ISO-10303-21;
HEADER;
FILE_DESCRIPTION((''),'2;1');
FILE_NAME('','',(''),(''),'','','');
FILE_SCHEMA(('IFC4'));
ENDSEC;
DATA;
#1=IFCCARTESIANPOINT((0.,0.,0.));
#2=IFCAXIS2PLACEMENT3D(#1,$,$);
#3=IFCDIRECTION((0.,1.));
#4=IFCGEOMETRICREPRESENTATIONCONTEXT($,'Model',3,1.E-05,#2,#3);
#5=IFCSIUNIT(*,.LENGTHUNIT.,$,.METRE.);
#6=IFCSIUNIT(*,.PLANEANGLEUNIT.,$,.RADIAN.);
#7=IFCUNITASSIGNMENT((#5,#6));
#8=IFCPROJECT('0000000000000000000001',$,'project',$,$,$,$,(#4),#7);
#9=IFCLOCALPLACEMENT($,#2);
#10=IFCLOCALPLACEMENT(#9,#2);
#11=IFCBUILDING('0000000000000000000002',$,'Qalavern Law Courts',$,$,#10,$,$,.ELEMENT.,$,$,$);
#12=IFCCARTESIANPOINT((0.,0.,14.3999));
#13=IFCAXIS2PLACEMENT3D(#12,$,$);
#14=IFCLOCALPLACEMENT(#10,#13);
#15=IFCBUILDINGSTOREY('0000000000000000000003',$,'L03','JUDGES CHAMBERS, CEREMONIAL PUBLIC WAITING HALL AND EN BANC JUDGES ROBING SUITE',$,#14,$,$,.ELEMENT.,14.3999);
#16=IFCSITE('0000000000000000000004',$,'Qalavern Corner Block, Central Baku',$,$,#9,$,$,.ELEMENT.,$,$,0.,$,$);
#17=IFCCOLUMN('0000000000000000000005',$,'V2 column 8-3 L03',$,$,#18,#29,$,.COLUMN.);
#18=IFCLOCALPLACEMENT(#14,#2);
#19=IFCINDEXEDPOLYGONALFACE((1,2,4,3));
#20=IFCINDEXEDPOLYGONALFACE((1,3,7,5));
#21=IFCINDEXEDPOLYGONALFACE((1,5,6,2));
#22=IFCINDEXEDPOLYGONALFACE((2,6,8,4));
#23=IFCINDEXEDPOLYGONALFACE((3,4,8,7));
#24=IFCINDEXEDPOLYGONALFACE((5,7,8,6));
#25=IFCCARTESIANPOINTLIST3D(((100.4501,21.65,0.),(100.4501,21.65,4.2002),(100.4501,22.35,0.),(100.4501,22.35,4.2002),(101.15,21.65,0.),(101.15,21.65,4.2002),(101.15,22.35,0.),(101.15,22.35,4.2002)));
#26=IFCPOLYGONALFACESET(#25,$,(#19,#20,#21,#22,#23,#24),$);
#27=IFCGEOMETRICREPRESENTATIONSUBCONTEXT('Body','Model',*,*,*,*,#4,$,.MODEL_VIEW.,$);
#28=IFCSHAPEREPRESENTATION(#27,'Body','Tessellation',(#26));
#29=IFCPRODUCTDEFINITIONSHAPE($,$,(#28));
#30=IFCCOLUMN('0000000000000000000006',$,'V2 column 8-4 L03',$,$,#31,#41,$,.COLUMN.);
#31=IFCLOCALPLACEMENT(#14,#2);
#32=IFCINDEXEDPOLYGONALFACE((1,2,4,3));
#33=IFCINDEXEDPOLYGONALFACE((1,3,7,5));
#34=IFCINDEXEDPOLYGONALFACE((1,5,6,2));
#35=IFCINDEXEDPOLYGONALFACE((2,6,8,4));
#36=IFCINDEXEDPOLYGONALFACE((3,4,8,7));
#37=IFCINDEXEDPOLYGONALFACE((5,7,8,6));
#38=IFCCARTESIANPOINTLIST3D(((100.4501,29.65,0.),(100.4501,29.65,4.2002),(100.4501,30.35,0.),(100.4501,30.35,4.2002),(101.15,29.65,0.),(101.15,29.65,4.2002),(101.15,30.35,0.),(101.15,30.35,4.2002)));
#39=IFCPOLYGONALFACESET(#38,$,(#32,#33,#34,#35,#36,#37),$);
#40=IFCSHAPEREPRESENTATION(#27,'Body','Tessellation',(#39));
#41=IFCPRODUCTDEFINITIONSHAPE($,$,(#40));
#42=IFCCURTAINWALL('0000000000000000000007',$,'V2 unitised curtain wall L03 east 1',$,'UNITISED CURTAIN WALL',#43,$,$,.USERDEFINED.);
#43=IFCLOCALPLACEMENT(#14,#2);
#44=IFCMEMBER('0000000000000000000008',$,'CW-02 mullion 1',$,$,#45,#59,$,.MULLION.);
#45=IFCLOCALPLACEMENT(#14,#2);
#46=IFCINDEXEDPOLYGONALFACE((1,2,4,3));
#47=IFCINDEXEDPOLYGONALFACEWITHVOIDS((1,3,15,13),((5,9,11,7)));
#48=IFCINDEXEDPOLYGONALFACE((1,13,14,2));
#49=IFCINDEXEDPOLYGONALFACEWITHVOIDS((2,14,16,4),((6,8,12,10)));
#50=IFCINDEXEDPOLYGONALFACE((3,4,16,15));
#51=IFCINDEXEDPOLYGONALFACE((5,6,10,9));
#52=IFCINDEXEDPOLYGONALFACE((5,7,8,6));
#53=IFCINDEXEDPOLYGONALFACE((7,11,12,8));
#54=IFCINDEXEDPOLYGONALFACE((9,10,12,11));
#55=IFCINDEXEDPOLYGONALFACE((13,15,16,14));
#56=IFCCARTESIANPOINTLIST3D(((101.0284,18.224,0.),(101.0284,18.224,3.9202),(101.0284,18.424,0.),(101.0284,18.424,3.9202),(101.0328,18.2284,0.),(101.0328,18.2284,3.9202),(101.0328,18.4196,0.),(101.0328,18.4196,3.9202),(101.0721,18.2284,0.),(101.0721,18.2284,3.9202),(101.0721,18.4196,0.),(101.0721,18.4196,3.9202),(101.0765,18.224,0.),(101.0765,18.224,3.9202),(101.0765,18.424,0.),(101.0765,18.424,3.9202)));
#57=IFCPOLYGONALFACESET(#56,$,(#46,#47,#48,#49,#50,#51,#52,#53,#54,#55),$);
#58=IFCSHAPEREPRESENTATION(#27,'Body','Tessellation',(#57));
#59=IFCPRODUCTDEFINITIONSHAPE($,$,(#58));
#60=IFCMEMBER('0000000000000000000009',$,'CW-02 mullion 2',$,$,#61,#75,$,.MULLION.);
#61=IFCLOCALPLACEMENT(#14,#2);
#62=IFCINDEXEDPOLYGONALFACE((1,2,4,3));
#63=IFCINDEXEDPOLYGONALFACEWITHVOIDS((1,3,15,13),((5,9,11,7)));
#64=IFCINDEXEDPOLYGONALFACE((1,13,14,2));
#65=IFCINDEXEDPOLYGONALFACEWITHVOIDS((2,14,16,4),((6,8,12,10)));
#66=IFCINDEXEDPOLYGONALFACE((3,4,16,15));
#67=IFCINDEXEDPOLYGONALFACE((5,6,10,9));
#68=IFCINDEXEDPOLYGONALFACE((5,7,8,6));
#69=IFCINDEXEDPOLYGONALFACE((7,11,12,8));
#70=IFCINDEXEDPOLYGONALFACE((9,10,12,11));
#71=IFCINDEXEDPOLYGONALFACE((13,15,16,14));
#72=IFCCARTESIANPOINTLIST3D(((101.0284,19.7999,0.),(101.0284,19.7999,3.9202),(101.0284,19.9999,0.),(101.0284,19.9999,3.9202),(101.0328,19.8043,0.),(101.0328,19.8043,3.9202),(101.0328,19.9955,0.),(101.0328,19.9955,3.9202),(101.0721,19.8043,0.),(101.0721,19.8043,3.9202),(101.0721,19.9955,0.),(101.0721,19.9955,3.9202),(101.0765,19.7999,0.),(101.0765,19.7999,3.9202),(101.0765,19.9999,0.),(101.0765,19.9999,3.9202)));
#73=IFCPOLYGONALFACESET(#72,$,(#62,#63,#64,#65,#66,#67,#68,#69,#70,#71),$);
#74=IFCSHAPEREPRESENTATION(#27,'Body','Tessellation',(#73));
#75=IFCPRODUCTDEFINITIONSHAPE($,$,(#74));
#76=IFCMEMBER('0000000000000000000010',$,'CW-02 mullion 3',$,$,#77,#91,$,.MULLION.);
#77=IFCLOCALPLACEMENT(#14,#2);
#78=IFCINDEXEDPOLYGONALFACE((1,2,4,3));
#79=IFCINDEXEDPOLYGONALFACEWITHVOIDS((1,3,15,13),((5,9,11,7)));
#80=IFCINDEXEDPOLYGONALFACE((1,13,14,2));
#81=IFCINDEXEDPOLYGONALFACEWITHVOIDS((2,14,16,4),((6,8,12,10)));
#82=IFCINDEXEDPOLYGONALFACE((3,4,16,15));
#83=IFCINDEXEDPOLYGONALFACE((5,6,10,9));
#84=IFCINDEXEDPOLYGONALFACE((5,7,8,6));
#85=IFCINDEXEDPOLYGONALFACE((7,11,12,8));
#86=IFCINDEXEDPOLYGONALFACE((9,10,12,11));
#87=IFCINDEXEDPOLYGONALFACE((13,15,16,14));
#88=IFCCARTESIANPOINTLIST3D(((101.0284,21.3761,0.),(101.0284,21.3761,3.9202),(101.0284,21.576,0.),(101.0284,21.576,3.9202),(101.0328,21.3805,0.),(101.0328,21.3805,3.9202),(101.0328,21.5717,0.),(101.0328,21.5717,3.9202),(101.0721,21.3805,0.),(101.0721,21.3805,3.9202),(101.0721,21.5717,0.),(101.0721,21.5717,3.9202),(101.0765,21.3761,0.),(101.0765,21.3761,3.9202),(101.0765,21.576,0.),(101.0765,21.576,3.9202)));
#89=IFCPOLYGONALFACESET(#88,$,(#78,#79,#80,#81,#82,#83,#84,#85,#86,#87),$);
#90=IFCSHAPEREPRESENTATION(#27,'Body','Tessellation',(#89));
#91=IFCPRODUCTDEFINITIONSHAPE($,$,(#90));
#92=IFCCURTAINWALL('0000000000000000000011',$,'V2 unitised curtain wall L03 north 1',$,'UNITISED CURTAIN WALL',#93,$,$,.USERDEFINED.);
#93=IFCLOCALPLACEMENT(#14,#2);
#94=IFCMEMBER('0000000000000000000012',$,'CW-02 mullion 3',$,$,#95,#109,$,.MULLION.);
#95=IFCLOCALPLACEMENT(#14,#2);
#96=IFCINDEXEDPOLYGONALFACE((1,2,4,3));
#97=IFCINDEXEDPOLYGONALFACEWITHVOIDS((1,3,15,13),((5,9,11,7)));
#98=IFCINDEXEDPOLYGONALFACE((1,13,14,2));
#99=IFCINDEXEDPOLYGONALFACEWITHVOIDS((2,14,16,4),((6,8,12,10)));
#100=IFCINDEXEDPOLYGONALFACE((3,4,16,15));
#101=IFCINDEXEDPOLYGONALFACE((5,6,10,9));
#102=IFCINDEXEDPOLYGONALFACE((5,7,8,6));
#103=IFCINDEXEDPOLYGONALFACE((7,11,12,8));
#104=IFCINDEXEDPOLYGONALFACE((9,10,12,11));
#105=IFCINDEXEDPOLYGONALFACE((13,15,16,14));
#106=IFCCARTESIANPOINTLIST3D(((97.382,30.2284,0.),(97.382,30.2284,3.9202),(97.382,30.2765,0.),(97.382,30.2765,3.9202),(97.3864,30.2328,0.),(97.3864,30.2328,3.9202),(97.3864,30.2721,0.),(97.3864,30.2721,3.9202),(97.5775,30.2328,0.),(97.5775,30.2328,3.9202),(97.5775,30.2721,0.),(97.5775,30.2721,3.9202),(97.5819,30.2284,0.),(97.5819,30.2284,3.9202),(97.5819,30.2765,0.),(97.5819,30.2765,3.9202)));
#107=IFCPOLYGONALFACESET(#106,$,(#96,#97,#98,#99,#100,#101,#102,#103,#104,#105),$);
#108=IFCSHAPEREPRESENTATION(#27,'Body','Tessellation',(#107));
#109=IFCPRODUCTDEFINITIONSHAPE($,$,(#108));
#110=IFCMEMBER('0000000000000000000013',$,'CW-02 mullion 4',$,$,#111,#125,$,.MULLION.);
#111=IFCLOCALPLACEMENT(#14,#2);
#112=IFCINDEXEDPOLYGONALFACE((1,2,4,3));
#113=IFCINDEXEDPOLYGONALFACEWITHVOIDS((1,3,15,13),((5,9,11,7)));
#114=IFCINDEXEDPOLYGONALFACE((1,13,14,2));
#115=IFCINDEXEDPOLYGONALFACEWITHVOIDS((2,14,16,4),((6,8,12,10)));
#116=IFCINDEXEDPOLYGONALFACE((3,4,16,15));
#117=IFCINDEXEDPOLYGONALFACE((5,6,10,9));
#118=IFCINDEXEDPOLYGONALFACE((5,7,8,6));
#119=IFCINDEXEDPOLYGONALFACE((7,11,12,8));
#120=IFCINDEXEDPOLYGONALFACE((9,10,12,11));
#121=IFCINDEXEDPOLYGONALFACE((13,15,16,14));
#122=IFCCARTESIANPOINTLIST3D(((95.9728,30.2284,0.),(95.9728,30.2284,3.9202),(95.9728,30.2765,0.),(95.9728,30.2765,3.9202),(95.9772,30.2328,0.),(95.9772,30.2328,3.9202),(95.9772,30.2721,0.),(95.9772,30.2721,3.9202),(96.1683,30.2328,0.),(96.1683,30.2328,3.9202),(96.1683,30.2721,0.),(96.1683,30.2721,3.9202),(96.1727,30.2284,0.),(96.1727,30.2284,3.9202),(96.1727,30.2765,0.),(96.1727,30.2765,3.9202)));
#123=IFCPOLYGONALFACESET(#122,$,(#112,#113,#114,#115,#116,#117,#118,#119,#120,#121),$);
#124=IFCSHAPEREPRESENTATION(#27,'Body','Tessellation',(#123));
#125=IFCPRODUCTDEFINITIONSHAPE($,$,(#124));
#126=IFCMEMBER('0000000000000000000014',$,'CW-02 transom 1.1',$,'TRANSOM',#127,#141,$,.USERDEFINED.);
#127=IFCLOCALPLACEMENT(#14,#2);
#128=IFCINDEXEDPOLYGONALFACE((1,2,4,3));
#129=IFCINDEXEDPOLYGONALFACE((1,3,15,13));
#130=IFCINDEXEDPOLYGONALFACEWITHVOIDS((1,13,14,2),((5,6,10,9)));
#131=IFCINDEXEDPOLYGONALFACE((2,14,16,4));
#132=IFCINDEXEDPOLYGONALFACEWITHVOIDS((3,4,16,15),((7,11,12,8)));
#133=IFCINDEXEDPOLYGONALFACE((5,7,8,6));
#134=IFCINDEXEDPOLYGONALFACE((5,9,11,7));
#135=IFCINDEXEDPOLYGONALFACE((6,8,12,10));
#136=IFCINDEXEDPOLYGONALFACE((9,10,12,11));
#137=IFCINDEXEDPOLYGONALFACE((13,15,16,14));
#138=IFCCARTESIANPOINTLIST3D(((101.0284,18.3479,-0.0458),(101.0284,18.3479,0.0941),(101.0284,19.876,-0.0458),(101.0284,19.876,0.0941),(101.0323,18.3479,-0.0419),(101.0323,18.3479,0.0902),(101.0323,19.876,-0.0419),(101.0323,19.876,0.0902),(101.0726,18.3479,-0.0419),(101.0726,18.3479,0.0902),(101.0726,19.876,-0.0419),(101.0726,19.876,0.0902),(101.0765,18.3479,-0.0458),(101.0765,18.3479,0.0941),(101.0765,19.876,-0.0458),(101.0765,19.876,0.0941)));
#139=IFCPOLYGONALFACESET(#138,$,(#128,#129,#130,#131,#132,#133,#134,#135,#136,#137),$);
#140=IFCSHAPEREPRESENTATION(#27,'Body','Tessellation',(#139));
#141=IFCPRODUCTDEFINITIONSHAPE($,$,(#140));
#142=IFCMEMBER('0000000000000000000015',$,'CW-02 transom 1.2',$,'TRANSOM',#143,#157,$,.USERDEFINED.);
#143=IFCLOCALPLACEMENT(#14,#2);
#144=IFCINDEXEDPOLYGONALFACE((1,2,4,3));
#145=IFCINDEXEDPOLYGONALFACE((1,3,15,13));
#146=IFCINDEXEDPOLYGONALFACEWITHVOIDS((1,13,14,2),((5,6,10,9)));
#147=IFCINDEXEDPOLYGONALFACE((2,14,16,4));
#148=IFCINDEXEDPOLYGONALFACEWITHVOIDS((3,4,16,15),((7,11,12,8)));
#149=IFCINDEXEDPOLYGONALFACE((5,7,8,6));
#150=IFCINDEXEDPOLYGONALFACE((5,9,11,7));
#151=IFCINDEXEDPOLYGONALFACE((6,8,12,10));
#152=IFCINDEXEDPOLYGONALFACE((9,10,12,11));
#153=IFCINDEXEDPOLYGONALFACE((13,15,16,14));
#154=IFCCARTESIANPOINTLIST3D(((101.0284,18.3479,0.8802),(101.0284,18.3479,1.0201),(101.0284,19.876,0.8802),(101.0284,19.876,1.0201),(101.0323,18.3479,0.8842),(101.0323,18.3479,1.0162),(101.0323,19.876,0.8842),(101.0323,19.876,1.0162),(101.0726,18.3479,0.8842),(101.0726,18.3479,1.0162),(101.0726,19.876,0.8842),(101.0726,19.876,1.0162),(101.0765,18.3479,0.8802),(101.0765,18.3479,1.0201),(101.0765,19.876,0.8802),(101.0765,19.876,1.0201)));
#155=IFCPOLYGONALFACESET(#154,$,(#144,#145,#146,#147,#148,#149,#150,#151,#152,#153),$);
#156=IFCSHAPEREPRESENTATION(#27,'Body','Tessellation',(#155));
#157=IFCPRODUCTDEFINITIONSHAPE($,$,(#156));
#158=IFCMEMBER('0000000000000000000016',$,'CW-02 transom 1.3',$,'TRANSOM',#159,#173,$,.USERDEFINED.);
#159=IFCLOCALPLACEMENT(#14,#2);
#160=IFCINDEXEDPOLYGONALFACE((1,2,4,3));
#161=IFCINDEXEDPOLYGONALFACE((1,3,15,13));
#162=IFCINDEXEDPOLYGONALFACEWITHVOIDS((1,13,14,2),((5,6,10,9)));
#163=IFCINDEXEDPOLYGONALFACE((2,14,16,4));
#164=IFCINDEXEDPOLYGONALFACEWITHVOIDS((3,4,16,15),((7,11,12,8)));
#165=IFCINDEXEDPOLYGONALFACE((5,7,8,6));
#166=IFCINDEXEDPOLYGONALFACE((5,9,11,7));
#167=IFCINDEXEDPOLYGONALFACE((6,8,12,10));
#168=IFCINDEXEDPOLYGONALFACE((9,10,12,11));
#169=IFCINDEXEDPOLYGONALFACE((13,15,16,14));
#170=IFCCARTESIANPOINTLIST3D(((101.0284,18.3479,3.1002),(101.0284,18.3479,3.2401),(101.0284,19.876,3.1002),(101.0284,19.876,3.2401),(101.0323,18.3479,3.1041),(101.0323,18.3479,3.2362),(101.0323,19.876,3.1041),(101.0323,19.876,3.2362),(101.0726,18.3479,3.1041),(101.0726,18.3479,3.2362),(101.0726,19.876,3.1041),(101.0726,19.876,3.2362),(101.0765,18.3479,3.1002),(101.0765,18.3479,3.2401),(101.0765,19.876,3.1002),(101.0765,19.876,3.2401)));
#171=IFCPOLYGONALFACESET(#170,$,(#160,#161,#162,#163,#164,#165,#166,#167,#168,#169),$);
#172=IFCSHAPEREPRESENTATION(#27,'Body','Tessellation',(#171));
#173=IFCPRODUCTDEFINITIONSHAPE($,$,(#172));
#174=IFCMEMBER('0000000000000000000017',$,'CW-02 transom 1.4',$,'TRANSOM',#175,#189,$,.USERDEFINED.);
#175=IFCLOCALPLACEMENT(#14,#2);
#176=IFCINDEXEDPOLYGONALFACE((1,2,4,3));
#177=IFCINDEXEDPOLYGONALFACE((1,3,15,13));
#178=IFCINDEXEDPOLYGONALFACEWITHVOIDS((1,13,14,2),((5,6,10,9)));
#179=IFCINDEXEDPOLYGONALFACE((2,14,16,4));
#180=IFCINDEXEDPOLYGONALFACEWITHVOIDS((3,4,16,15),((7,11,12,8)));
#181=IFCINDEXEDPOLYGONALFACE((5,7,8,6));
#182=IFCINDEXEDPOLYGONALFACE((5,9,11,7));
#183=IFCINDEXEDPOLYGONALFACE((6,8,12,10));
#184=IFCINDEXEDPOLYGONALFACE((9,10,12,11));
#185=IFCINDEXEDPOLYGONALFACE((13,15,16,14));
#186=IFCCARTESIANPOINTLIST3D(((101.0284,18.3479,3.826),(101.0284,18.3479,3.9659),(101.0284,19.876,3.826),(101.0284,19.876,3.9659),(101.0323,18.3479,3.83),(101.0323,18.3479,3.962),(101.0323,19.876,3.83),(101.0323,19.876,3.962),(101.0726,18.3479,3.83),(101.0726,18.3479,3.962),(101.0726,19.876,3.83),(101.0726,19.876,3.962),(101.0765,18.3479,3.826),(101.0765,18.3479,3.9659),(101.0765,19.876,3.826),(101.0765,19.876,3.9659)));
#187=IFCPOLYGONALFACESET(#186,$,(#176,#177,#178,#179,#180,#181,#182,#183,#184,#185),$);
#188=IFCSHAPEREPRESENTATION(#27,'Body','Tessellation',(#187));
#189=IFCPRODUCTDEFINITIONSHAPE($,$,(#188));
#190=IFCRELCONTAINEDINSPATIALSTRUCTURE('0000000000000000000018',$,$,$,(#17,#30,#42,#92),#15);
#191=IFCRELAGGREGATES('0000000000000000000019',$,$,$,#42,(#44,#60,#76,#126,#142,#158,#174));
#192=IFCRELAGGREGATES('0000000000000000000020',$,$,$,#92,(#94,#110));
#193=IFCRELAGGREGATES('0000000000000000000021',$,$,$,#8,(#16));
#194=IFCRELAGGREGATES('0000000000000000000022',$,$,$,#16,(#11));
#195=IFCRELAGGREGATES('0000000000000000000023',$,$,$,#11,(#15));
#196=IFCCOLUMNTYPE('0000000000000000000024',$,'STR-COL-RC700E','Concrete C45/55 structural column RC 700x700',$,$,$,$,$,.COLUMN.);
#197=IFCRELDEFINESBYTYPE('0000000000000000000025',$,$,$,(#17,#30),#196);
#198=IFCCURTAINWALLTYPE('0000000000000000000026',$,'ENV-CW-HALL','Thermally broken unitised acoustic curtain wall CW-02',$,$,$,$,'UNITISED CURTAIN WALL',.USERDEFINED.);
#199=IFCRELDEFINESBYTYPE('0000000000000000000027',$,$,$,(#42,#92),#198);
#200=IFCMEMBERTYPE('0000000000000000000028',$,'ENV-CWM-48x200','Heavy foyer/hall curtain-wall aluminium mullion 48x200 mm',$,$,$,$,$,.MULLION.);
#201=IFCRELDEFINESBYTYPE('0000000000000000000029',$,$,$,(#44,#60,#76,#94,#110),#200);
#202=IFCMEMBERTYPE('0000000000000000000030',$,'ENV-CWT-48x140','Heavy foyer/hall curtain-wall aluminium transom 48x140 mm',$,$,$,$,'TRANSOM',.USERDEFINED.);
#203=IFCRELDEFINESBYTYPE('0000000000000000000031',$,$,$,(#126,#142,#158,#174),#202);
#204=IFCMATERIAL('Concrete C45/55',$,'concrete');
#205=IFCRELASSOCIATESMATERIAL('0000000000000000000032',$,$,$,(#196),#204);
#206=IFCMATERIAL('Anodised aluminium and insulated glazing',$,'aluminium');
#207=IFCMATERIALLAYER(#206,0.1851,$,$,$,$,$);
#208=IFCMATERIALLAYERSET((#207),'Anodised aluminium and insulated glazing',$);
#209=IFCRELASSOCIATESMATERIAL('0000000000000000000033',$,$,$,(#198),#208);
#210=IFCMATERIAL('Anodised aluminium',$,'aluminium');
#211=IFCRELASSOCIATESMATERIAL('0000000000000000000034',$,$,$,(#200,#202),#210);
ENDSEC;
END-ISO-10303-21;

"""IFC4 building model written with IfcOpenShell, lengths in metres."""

from ifc_helpers import new_model, si_unit, direction, frame, origin, origin_2d, place, context, subcontext, project, spatial, rectangle, hollow_rectangle, extrude, material, layer, layer_set, material_profile, profile_set, type_object, element, aggregate, save


model = new_model("IFC4")

# Units and contexts
model_context = context("Model", 3, precision=1e-05, world=origin(), true_north=direction((0.0, 1.0)))
body_context = subcontext(model_context, "Body", "Model", "MODEL_VIEW")
ifc_project = project(units=[si_unit("LENGTHUNIT", "METRE"), si_unit("PLANEANGLEUNIT", "RADIAN")], contexts=[model_context])

# Site, building, storey
site_placement = place(None, origin())
site = spatial("IfcSite", under=ifc_project, at=site_placement, Name="Qalavern Corner Block, Central Baku", CompositionType="ELEMENT", RefElevation=0.0)
building_placement = place(site_placement, origin())
building = spatial("IfcBuilding", under=site, at=building_placement, Name="Qalavern Law Courts", CompositionType="ELEMENT")
storey_placement = place(building_placement, frame((0.0, 0.0, 14.3999)))
storey = spatial("IfcBuildingStorey", under=building, at=storey_placement, Name="L03", Description="JUDGES CHAMBERS, CEREMONIAL PUBLIC WAITING HALL AND EN BANC JUDGES ROBING SUITE", CompositionType="ELEMENT", Elevation=14.3999)

# Columns
ifc_material_1 = material(Name="Concrete C45/55", Category="concrete")
ifc_material_profile_1 = material_profile(ifc_material_1, rectangle(XDim=0.7, YDim=0.7, at=origin_2d()), Name="RC 700x700")
ifc_profile_set_1 = profile_set([ifc_material_profile_1], Name="Concrete C45/55")
column_type = type_object("IfcColumnType", Name="STR-COL-RC700E", Description="Concrete C45/55 structural column RC 700x700", PredefinedType="COLUMN", material=ifc_profile_set_1)
for number, where, z_axis, x_axis, name in (
    (1, (100.8, 22.0, 0.0), (0.0, 0.0, 1.0), (1.0, 0.0, 0.0), "V2 column 8-3 L03"),
    (2, (100.8, 30.0, 0.0), (0.0, 0.0, 1.0), (1.0, 0.0, 0.0), "V2 column 8-4 L03"),
):
    element("IfcColumn", number, at=place(storey_placement, frame(where, z_axis=z_axis, x_axis=x_axis)), inside=storey, type_object=column_type, Name=name, PredefinedType="COLUMN", context=body_context, shape_type="SweptSolid", body=[
        extrude(rectangle(XDim=0.7, YDim=0.7, at=origin_2d()), origin(), (0.0, 0.0, 1.0), 4.2002),
    ])

# Curtain walls, members
ifc_material_2 = material(Name="Anodised aluminium and insulated glazing", Category="aluminium")
ifc_layer_1 = layer(ifc_material_2, 0.1851)
ifc_layer_set_1 = layer_set([ifc_layer_1], Name="Anodised aluminium and insulated glazing")
curtain_wall_type = type_object("IfcCurtainWallType", Name="ENV-CW-HALL", Description="Thermally broken unitised acoustic curtain wall CW-02", ElementType="UNITISED CURTAIN WALL", PredefinedType="USERDEFINED", material=ifc_layer_set_1)
curtain_wall_1_placement = place(storey_placement, origin())
curtain_wall_1 = element("IfcCurtainWall", 3, at=curtain_wall_1_placement, inside=storey, type_object=curtain_wall_type, Name="V2 unitised curtain wall L03 east 1", ObjectType="UNITISED CURTAIN WALL", PredefinedType="USERDEFINED")
ifc_material_3 = material(Name="Anodised aluminium", Category="aluminium")
ifc_material_profile_2 = material_profile(ifc_material_3, hollow_rectangle(XDim=0.0481, YDim=0.2, WallThickness=0.0044, at=origin_2d()), Name="ALU MULLION 48x200")
ifc_profile_set_2 = profile_set([ifc_material_profile_2], Name="Anodised aluminium")
member_type_1 = type_object("IfcMemberType", Name="ENV-CWM-48x200", Description="Heavy foyer/hall curtain-wall aluminium mullion 48x200 mm", PredefinedType="MULLION", material=ifc_profile_set_2)
member_1_placement = place(storey_placement, frame((101.0525, 18.324, 0.0), z_axis=(0.0, 0.0, 1.0), x_axis=(-1.0, 0.0, 0.0)))
member_1 = element("IfcMember", 4, at=member_1_placement, type_object=member_type_1, Name="CW-02 mullion 1", PredefinedType="MULLION", context=body_context, shape_type="SweptSolid", body=[
    extrude(hollow_rectangle(XDim=0.0481, YDim=0.2, WallThickness=0.0044, at=origin_2d()), origin(), (0.0, 0.0, 1.0), 3.9202),
])
member_2_placement = place(storey_placement, frame((101.0525, 19.8999, 0.0), z_axis=(0.0, 0.0, 1.0), x_axis=(-1.0, 0.0, 0.0)))
member_2 = element("IfcMember", 5, at=member_2_placement, type_object=member_type_1, Name="CW-02 mullion 2", PredefinedType="MULLION", context=body_context, shape_type="SweptSolid", body=[
    extrude(hollow_rectangle(XDim=0.0481, YDim=0.2, WallThickness=0.0044, at=origin_2d()), origin(), (0.0, 0.0, 1.0), 3.9202),
])
member_3_placement = place(storey_placement, frame((101.0525, 21.4761, 0.0), z_axis=(0.0, 0.0, 1.0), x_axis=(-1.0, 0.0, 0.0)))
member_3 = element("IfcMember", 6, at=member_3_placement, type_object=member_type_1, Name="CW-02 mullion 3", PredefinedType="MULLION", context=body_context, shape_type="SweptSolid", body=[
    extrude(hollow_rectangle(XDim=0.0481, YDim=0.2, WallThickness=0.0044, at=origin_2d()), origin(), (0.0, 0.0, 1.0), 3.9202),
])
curtain_wall_2_placement = place(storey_placement, origin())
curtain_wall_2 = element("IfcCurtainWall", 7, at=curtain_wall_2_placement, inside=storey, type_object=curtain_wall_type, Name="V2 unitised curtain wall L03 north 1", ObjectType="UNITISED CURTAIN WALL", PredefinedType="USERDEFINED")
member_4_placement = place(storey_placement, frame((97.4819, 30.2524, 0.0), z_axis=(0.0, 0.0, 1.0), x_axis=(0.0, -1.0, 0.0)))
member_4 = element("IfcMember", 8, at=member_4_placement, type_object=member_type_1, Name="CW-02 mullion 3", PredefinedType="MULLION", context=body_context, shape_type="SweptSolid", body=[
    extrude(hollow_rectangle(XDim=0.0481, YDim=0.2, WallThickness=0.0044, at=origin_2d()), origin(), (0.0, 0.0, 1.0), 3.9202),
])
member_5_placement = place(storey_placement, frame((96.0728, 30.2524, 0.0), z_axis=(0.0, 0.0, 1.0), x_axis=(0.0, -1.0, 0.0)))
member_5 = element("IfcMember", 9, at=member_5_placement, type_object=member_type_1, Name="CW-02 mullion 4", PredefinedType="MULLION", context=body_context, shape_type="SweptSolid", body=[
    extrude(hollow_rectangle(XDim=0.0481, YDim=0.2, WallThickness=0.0044, at=origin_2d()), origin(), (0.0, 0.0, 1.0), 3.9202),
])

# Members
ifc_material_profile_3 = material_profile(ifc_material_3, hollow_rectangle(XDim=0.0481, YDim=0.1399, WallThickness=0.0039, at=origin_2d()), Name="ALU TRANSOM 48x140")
ifc_profile_set_3 = profile_set([ifc_material_profile_3], Name="Anodised aluminium")
member_type_2 = type_object("IfcMemberType", Name="ENV-CWT-48x140", Description="Heavy foyer/hall curtain-wall aluminium transom 48x140 mm", ElementType="TRANSOM", PredefinedType="USERDEFINED", material=ifc_profile_set_3)
member_6_placement = place(storey_placement, frame((101.0525, 18.3479, 0.0242), z_axis=(0.0, 1.0, 0.0), x_axis=(-1.0, 0.0, 0.0)))
member_6 = element("IfcMember", 10, at=member_6_placement, type_object=member_type_2, Name="CW-02 transom 1.1", ObjectType="TRANSOM", PredefinedType="USERDEFINED", context=body_context, shape_type="SweptSolid", body=[
    extrude(hollow_rectangle(XDim=0.0481, YDim=0.1399, WallThickness=0.0039, at=origin_2d()), origin(), (0.0, 0.0, 1.0), 1.5281),
])
member_7_placement = place(storey_placement, frame((101.0525, 18.3479, 0.9502), z_axis=(0.0, 1.0, 0.0), x_axis=(-1.0, 0.0, 0.0)))
member_7 = element("IfcMember", 11, at=member_7_placement, type_object=member_type_2, Name="CW-02 transom 1.2", ObjectType="TRANSOM", PredefinedType="USERDEFINED", context=body_context, shape_type="SweptSolid", body=[
    extrude(hollow_rectangle(XDim=0.0481, YDim=0.1399, WallThickness=0.0039, at=origin_2d()), origin(), (0.0, 0.0, 1.0), 1.5281),
])
member_8_placement = place(storey_placement, frame((101.0525, 18.3479, 3.1702), z_axis=(0.0, 1.0, 0.0), x_axis=(-1.0, 0.0, 0.0)))
member_8 = element("IfcMember", 12, at=member_8_placement, type_object=member_type_2, Name="CW-02 transom 1.3", ObjectType="TRANSOM", PredefinedType="USERDEFINED", context=body_context, shape_type="SweptSolid", body=[
    extrude(hollow_rectangle(XDim=0.0481, YDim=0.1399, WallThickness=0.0039, at=origin_2d()), origin(), (0.0, 0.0, 1.0), 1.5281),
])
member_9_placement = place(storey_placement, frame((101.0525, 18.3479, 3.896), z_axis=(0.0, 1.0, 0.0), x_axis=(-1.0, 0.0, 0.0)))
member_9 = element("IfcMember", 13, at=member_9_placement, type_object=member_type_2, Name="CW-02 transom 1.4", ObjectType="TRANSOM", PredefinedType="USERDEFINED", context=body_context, shape_type="SweptSolid", body=[
    extrude(hollow_rectangle(XDim=0.0481, YDim=0.1399, WallThickness=0.0039, at=origin_2d()), origin(), (0.0, 0.0, 1.0), 1.5281),
])

aggregate(curtain_wall_1, [member_1, member_2, member_3, member_6, member_7, member_8, member_9])
aggregate(curtain_wall_2, [member_4, member_5])

save(model, "model.ifc")
